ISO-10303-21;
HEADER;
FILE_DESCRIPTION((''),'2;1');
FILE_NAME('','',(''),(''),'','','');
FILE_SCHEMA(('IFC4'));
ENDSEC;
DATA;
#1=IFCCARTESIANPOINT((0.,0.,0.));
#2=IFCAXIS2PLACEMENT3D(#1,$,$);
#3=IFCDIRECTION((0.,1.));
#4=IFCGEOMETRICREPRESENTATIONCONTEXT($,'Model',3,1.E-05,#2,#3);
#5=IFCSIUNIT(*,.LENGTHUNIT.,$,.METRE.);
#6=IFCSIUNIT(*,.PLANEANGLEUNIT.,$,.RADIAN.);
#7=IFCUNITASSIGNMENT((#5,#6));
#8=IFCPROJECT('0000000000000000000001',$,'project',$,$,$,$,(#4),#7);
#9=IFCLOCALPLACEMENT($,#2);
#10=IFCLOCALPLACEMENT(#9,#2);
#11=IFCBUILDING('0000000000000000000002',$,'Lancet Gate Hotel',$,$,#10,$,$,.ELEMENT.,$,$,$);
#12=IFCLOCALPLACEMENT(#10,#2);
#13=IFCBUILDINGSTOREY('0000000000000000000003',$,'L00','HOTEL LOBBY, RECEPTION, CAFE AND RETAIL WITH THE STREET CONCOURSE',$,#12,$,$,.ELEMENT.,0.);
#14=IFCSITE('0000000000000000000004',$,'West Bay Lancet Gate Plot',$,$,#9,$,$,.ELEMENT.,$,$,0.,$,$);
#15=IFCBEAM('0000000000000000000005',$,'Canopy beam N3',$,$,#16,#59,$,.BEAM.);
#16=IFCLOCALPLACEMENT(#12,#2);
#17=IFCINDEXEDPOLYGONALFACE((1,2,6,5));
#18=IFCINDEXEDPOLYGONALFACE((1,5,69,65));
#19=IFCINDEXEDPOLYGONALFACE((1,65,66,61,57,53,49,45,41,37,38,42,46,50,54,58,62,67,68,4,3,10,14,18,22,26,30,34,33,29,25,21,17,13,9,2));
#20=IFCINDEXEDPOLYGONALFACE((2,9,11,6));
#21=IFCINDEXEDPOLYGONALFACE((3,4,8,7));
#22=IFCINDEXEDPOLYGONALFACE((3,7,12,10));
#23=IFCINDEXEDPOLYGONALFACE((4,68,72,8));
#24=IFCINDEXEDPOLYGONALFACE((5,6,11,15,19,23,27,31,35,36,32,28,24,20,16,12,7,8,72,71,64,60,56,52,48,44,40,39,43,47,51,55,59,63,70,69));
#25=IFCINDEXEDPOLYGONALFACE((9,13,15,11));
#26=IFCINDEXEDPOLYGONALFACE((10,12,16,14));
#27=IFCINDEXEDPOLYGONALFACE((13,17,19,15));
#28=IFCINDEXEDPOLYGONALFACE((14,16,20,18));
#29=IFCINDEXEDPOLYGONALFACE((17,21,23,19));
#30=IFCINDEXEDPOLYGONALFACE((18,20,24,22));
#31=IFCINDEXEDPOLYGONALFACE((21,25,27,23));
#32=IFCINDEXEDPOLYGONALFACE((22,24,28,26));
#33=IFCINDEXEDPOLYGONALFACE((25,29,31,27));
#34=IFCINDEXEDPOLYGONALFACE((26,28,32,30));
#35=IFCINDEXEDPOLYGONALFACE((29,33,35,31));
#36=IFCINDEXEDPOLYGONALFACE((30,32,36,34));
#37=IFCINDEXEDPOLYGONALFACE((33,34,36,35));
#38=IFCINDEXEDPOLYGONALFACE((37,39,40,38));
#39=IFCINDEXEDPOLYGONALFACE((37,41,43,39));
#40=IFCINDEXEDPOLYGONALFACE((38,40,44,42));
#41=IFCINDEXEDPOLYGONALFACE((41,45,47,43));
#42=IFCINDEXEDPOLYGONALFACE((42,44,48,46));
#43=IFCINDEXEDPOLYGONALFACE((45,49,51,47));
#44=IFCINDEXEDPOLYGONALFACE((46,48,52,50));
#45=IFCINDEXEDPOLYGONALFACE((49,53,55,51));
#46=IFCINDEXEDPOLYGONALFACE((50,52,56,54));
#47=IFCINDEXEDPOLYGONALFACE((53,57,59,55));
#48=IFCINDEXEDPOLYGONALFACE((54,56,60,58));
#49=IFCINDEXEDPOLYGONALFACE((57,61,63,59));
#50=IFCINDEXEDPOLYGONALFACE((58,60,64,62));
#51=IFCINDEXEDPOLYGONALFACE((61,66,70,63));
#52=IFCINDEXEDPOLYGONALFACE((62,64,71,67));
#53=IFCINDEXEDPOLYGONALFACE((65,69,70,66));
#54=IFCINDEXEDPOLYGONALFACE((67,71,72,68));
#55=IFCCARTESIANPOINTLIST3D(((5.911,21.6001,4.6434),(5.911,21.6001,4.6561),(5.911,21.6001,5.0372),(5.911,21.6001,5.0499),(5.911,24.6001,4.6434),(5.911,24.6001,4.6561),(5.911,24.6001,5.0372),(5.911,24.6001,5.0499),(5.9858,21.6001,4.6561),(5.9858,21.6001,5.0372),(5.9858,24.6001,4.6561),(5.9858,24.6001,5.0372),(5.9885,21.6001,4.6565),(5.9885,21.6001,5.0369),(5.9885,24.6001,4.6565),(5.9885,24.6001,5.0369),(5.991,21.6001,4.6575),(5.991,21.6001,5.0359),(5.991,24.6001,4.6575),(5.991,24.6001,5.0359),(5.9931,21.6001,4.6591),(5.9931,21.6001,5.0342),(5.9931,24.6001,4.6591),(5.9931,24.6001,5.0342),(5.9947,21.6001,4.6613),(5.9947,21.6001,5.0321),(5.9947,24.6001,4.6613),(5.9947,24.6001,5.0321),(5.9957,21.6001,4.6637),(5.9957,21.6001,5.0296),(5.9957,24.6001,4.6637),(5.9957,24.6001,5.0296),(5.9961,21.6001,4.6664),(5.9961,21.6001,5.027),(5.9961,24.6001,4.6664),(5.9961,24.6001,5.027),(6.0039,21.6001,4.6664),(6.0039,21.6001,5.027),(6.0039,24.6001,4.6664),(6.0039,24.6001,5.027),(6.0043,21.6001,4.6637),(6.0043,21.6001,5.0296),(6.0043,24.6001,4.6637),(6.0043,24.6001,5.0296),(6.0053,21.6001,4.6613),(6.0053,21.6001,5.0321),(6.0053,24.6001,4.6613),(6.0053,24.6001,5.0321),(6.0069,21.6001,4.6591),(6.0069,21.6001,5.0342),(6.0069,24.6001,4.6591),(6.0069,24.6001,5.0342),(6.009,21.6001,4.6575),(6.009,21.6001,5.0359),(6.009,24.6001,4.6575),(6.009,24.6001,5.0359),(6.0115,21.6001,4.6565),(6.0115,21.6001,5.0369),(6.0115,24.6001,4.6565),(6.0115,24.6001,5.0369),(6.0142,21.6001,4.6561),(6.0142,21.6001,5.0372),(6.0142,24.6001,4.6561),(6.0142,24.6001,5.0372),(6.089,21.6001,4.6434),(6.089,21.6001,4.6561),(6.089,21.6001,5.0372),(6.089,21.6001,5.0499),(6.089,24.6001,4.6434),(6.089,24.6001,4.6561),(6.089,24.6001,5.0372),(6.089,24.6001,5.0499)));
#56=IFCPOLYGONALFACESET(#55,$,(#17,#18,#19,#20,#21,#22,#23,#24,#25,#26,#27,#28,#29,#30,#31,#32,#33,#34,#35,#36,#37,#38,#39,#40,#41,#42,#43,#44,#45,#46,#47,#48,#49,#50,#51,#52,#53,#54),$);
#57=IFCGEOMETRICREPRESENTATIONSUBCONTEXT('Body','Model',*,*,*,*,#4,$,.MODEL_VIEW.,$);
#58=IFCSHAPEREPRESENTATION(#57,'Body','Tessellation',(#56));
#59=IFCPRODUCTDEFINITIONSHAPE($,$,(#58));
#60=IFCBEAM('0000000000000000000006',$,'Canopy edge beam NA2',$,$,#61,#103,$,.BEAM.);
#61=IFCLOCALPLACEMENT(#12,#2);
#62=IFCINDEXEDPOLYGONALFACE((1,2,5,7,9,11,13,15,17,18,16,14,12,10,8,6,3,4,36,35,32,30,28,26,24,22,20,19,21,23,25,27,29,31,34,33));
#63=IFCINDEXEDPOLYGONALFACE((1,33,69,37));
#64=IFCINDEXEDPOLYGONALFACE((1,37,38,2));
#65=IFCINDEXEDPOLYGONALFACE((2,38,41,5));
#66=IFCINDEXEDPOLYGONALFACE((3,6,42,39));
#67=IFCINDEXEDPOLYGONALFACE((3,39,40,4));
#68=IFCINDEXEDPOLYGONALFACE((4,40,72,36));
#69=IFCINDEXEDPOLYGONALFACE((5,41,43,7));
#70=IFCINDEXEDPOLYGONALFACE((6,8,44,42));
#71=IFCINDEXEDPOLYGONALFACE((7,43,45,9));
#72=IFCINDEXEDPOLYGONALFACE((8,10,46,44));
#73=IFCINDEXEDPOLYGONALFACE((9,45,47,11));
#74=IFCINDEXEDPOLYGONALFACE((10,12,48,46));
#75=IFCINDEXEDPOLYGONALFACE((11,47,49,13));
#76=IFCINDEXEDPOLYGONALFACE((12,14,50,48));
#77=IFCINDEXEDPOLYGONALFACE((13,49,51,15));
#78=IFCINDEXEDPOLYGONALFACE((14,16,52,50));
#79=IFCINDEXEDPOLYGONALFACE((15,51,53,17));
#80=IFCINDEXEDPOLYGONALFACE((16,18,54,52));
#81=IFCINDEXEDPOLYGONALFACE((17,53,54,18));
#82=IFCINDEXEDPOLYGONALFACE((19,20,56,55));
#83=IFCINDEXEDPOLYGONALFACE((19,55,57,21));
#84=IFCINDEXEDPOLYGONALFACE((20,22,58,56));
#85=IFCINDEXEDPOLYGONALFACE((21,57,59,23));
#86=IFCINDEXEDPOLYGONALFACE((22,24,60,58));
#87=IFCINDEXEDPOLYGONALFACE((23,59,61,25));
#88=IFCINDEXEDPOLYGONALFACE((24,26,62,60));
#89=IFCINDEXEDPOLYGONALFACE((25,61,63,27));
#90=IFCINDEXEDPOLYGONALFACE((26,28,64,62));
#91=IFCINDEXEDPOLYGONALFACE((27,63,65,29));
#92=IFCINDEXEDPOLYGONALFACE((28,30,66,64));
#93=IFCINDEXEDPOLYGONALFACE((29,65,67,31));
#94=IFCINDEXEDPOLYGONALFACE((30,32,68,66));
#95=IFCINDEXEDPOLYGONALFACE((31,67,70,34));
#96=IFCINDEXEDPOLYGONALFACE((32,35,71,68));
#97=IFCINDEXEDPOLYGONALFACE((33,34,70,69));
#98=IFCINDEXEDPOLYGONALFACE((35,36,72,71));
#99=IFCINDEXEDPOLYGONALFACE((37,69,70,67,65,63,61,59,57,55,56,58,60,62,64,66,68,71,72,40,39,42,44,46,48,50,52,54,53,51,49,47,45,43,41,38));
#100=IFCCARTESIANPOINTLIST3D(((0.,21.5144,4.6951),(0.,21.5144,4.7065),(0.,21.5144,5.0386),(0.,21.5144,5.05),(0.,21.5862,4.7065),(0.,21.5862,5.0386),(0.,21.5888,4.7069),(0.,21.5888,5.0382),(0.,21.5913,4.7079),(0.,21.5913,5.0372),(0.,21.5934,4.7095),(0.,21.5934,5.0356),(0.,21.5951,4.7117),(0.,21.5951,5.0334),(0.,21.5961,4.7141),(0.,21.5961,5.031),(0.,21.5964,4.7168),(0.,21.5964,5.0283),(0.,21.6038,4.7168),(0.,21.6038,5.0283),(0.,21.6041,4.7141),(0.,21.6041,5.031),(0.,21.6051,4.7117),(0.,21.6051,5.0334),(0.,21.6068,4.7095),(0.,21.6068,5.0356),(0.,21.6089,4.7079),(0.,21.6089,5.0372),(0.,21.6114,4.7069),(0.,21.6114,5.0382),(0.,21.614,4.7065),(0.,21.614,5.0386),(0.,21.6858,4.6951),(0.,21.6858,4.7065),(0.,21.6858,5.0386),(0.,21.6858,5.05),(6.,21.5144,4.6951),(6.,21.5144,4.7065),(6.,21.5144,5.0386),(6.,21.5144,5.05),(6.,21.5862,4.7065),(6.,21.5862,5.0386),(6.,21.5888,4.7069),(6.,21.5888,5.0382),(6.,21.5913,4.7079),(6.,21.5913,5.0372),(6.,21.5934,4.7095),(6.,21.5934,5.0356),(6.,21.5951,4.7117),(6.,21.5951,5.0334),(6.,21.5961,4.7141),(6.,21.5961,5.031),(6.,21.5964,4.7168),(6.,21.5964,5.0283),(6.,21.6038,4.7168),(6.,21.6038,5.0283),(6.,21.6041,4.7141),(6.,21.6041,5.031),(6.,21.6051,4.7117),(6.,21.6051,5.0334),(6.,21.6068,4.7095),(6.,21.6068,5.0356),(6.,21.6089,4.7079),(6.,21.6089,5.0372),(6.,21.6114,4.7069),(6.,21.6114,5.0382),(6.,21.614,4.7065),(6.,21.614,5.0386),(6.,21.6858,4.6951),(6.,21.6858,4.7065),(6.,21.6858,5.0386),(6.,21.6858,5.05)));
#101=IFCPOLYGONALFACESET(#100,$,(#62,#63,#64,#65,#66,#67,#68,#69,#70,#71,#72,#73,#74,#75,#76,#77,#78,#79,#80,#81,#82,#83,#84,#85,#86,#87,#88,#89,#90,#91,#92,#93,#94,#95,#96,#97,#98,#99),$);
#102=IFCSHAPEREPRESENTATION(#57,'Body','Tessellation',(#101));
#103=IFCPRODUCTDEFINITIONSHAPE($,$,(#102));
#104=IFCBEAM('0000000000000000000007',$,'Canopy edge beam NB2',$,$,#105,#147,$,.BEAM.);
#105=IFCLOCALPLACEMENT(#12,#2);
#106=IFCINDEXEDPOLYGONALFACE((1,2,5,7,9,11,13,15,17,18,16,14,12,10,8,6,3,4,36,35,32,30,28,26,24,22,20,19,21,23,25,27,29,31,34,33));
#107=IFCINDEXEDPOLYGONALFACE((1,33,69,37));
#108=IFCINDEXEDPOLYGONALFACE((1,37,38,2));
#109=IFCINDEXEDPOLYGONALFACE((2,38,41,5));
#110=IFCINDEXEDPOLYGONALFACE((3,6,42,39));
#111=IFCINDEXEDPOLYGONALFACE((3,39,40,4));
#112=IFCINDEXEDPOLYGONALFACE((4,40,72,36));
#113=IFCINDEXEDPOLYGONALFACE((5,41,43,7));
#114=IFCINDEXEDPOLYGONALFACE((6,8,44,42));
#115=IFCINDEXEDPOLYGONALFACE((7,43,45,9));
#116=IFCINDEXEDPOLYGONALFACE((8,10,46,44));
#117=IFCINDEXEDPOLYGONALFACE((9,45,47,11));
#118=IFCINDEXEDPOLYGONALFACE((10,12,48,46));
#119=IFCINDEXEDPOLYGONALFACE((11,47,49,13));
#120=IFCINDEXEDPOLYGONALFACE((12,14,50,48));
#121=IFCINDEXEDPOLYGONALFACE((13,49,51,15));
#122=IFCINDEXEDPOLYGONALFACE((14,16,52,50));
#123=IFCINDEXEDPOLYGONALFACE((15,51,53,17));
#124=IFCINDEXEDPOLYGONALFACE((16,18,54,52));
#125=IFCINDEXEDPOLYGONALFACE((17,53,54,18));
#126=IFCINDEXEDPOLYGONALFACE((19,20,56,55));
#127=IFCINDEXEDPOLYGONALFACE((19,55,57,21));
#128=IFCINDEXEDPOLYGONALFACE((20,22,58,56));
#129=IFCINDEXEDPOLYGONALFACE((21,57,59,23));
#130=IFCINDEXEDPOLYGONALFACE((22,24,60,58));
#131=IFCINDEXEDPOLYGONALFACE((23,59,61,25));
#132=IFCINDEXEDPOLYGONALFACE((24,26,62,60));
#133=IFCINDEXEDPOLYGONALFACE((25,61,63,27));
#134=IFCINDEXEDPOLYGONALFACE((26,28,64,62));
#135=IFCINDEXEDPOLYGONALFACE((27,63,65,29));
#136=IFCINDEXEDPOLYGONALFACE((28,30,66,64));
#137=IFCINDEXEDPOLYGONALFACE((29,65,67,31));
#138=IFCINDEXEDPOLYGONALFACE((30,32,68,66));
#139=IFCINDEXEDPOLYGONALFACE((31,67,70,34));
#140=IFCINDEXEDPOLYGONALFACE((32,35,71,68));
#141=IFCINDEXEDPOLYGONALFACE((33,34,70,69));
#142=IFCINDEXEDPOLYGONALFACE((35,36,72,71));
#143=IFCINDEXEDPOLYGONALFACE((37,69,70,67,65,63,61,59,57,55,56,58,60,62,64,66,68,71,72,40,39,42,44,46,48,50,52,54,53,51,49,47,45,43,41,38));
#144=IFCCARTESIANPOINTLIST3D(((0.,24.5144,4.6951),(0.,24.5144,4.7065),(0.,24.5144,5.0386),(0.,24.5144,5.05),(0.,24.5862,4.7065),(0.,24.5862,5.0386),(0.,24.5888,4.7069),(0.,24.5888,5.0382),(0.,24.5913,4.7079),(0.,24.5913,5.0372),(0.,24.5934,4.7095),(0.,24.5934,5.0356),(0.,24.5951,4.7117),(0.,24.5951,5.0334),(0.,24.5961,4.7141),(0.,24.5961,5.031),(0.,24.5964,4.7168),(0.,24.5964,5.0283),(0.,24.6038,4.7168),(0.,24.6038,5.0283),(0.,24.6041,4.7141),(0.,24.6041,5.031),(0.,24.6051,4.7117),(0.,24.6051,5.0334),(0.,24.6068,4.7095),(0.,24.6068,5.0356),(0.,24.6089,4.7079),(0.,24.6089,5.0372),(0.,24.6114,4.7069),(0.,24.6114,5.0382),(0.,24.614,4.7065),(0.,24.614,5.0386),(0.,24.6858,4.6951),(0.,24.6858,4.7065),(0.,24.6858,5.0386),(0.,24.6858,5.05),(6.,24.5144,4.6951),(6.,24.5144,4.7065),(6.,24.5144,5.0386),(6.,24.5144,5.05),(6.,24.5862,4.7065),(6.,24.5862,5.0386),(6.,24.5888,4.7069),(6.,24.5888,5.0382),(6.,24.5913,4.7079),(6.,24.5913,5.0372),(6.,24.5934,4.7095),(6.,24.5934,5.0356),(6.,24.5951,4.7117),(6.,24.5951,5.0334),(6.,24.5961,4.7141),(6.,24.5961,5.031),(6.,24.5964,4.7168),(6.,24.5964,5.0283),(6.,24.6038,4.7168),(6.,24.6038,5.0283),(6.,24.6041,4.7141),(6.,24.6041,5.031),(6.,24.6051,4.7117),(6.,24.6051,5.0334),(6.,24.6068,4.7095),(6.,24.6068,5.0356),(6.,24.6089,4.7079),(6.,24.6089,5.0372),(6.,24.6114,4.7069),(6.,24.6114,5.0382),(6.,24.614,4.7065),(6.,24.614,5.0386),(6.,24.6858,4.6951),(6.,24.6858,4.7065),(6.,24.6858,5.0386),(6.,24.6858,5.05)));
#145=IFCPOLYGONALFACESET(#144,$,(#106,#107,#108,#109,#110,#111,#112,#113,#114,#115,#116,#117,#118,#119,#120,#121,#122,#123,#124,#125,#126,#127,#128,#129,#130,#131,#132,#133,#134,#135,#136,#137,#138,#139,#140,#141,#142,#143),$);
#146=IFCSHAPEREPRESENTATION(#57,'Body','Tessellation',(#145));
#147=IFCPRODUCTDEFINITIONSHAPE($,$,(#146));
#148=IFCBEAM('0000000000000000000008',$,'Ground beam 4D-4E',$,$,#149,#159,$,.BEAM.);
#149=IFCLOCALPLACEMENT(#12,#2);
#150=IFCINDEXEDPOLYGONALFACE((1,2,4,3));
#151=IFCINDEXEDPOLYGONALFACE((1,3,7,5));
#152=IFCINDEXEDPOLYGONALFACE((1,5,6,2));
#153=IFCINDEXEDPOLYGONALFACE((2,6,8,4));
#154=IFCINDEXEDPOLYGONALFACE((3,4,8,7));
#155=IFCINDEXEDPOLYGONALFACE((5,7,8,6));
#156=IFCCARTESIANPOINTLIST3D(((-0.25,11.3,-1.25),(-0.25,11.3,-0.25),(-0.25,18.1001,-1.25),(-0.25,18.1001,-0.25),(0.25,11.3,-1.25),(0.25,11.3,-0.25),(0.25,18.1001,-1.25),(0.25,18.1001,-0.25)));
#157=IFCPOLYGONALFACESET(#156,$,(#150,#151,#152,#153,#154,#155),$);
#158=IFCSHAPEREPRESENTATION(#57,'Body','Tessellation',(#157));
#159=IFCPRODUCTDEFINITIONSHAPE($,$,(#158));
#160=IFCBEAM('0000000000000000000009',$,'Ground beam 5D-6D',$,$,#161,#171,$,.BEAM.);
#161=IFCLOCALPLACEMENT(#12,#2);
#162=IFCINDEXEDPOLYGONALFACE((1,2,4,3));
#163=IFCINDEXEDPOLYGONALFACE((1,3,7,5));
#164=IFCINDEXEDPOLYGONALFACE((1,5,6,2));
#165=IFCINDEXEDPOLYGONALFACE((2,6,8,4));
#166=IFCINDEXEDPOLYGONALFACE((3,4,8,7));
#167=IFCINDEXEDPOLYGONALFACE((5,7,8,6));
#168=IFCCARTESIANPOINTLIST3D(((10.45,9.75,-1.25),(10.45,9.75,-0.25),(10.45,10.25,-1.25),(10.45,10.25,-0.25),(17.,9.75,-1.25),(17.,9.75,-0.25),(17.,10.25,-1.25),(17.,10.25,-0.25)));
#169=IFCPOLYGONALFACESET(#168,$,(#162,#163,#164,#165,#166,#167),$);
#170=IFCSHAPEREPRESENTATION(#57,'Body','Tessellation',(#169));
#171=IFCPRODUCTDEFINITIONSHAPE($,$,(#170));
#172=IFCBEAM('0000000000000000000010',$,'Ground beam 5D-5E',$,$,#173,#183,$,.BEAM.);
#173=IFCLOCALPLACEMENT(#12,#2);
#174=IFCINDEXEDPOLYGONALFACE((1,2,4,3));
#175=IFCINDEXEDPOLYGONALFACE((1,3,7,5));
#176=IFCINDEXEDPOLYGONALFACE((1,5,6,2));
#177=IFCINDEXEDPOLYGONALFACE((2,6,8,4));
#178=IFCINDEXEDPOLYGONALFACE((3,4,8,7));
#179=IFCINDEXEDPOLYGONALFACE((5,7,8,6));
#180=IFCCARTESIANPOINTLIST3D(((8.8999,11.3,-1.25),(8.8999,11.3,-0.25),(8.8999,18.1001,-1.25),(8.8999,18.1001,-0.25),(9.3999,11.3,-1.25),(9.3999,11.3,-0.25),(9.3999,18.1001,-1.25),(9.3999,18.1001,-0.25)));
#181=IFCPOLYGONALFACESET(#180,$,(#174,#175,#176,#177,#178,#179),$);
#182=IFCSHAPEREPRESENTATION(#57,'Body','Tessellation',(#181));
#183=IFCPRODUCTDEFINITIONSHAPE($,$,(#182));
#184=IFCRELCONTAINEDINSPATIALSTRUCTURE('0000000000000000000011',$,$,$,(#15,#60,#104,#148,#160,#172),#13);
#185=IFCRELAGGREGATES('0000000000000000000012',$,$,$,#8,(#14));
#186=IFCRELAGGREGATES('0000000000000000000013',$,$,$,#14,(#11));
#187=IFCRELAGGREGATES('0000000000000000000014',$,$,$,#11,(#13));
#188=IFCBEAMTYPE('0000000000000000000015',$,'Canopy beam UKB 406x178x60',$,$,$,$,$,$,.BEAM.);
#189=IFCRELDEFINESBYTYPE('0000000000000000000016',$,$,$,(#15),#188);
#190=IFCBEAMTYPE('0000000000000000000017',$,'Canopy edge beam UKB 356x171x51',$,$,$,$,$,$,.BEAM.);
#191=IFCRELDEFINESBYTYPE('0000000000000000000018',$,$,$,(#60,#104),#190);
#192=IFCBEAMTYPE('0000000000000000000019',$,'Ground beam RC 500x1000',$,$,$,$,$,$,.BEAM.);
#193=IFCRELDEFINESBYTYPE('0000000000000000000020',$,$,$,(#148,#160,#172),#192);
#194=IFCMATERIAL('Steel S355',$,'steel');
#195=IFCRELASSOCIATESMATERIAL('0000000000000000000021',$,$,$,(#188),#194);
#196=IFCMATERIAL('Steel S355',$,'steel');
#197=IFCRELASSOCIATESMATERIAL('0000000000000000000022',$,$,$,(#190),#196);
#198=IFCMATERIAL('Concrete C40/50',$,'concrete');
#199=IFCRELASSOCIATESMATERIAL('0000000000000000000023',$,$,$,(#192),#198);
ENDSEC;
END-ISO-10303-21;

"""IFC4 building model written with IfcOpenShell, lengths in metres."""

from ifc_helpers import new_model, si_unit, direction, frame, origin, origin_2d, place, context, subcontext, project, spatial, rectangle, i_section, extrude, material, material_profile, profile_set, type_object, element, save


model = new_model("IFC4")

# Units and contexts
model_context = context("Model", 3, precision=1e-05, world=origin(), true_north=direction((0.0, 1.0)))
body_context = subcontext(model_context, "Body", "Model", "MODEL_VIEW")
ifc_project = project(units=[si_unit("LENGTHUNIT", "METRE"), si_unit("PLANEANGLEUNIT", "RADIAN")], contexts=[model_context])

# Site, building, storey
site_placement = place(None, origin())
site = spatial("IfcSite", under=ifc_project, at=site_placement, Name="West Bay Lancet Gate Plot", CompositionType="ELEMENT", RefElevation=0.0)
building_placement = place(site_placement, origin())
building = spatial("IfcBuilding", under=site, at=building_placement, Name="Lancet Gate Hotel", CompositionType="ELEMENT")
storey_placement = place(building_placement, origin())
storey = spatial("IfcBuildingStorey", under=building, at=storey_placement, Name="L00", Description="HOTEL LOBBY, RECEPTION, CAFE AND RETAIL WITH THE STREET CONCOURSE", CompositionType="ELEMENT", Elevation=0.0)

# Beams
ifc_material_1 = material(Name="Steel S355", Category="steel")
ifc_material_profile_1 = material_profile(ifc_material_1, i_section(OverallWidth=0.178, OverallDepth=0.4065, WebThickness=0.0078, FlangeThickness=0.0127, FilletRadius=0.0103, at=origin_2d()), Name="UKB 406x178x60")
ifc_profile_set_1 = profile_set([ifc_material_profile_1], Name="Steel S355")
beam_type_1 = type_object("IfcBeamType", Name="Canopy beam UKB 406x178x60", PredefinedType="BEAM", material=ifc_profile_set_1)
for number, where, z_axis, x_axis, name in (
    (1, (6.0, 21.6001, 4.8467), (0.0, 1.0, 0.0), (-1.0, 0.0, 0.0), "Canopy beam N3"),
):
    element("IfcBeam", number, at=place(storey_placement, frame(where, z_axis=z_axis, x_axis=x_axis)), inside=storey, type_object=beam_type_1, Name=name, PredefinedType="BEAM", context=body_context, shape_type="SweptSolid", body=[
        extrude(i_section(OverallWidth=0.178, OverallDepth=0.4065, WebThickness=0.0078, FlangeThickness=0.0127, FilletRadius=0.0103, at=origin_2d()), origin(), (0.0, 0.0, 1.0), 3.0),
    ])
ifc_material_2 = material(Name="Steel S355", Category="steel")
ifc_material_profile_2 = material_profile(ifc_material_2, i_section(OverallWidth=0.1714, OverallDepth=0.355, WebThickness=0.0073, FlangeThickness=0.0115, FilletRadius=0.0103, at=origin_2d()), Name="UKB 356x171x51")
ifc_profile_set_2 = profile_set([ifc_material_profile_2], Name="Steel S355")
beam_type_2 = type_object("IfcBeamType", Name="Canopy edge beam UKB 356x171x51", PredefinedType="BEAM", material=ifc_profile_set_2)
for number, where, z_axis, x_axis, name in (
    (2, (0.0, 21.6001, 4.8726), (1.0, 0.0, 0.0), (0.0, 1.0, 0.0), "Canopy edge beam NA2"),
    (3, (0.0, 24.6001, 4.8726), (1.0, 0.0, 0.0), (0.0, 1.0, 0.0), "Canopy edge beam NB2"),
):
    element("IfcBeam", number, at=place(storey_placement, frame(where, z_axis=z_axis, x_axis=x_axis)), inside=storey, type_object=beam_type_2, Name=name, PredefinedType="BEAM", context=body_context, shape_type="SweptSolid", body=[
        extrude(i_section(OverallWidth=0.1714, OverallDepth=0.355, WebThickness=0.0073, FlangeThickness=0.0115, FilletRadius=0.0103, at=origin_2d()), origin(), (0.0, 0.0, 1.0), 6.0),
    ])
ifc_material_3 = material(Name="Concrete C40/50", Category="concrete")
ifc_material_profile_3 = material_profile(ifc_material_3, rectangle(XDim=0.5, YDim=1.0, at=origin_2d()), Name="RC 500x1000")
ifc_profile_set_3 = profile_set([ifc_material_profile_3], Name="Concrete C40/50")
beam_type_3 = type_object("IfcBeamType", Name="Ground beam RC 500x1000", PredefinedType="BEAM", material=ifc_profile_set_3)
beam_1_placement = place(storey_placement, frame((0.0, 11.3, -0.75), z_axis=(0.0, 1.0, 0.0), x_axis=(-1.0, 0.0, 0.0)))
element("IfcBeam", 4, at=beam_1_placement, inside=storey, type_object=beam_type_3, Name="Ground beam 4D-4E", PredefinedType="BEAM", context=body_context, shape_type="SweptSolid", body=[
    extrude(rectangle(XDim=0.5, YDim=1.0, at=origin_2d()), origin(), (0.0, 0.0, 1.0), 6.8),
])
beam_2_placement = place(storey_placement, frame((10.45, 10.0, -0.75), z_axis=(1.0, 0.0, 0.0), x_axis=(0.0, 1.0, 0.0)))
element("IfcBeam", 5, at=beam_2_placement, inside=storey, type_object=beam_type_3, Name="Ground beam 5D-6D", PredefinedType="BEAM", context=body_context, shape_type="SweptSolid", body=[
    extrude(rectangle(XDim=0.5, YDim=1.0, at=origin_2d()), origin(), (0.0, 0.0, 1.0), 6.55),
])
beam_3_placement = place(storey_placement, frame((9.1499, 11.3, -0.75), z_axis=(0.0, 1.0, 0.0), x_axis=(-1.0, 0.0, 0.0)))
element("IfcBeam", 6, at=beam_3_placement, inside=storey, type_object=beam_type_3, Name="Ground beam 5D-5E", PredefinedType="BEAM", context=body_context, shape_type="SweptSolid", body=[
    extrude(rectangle(XDim=0.5, YDim=1.0, at=origin_2d()), origin(), (0.0, 0.0, 1.0), 6.8),
])

save(model, "model.ifc")
